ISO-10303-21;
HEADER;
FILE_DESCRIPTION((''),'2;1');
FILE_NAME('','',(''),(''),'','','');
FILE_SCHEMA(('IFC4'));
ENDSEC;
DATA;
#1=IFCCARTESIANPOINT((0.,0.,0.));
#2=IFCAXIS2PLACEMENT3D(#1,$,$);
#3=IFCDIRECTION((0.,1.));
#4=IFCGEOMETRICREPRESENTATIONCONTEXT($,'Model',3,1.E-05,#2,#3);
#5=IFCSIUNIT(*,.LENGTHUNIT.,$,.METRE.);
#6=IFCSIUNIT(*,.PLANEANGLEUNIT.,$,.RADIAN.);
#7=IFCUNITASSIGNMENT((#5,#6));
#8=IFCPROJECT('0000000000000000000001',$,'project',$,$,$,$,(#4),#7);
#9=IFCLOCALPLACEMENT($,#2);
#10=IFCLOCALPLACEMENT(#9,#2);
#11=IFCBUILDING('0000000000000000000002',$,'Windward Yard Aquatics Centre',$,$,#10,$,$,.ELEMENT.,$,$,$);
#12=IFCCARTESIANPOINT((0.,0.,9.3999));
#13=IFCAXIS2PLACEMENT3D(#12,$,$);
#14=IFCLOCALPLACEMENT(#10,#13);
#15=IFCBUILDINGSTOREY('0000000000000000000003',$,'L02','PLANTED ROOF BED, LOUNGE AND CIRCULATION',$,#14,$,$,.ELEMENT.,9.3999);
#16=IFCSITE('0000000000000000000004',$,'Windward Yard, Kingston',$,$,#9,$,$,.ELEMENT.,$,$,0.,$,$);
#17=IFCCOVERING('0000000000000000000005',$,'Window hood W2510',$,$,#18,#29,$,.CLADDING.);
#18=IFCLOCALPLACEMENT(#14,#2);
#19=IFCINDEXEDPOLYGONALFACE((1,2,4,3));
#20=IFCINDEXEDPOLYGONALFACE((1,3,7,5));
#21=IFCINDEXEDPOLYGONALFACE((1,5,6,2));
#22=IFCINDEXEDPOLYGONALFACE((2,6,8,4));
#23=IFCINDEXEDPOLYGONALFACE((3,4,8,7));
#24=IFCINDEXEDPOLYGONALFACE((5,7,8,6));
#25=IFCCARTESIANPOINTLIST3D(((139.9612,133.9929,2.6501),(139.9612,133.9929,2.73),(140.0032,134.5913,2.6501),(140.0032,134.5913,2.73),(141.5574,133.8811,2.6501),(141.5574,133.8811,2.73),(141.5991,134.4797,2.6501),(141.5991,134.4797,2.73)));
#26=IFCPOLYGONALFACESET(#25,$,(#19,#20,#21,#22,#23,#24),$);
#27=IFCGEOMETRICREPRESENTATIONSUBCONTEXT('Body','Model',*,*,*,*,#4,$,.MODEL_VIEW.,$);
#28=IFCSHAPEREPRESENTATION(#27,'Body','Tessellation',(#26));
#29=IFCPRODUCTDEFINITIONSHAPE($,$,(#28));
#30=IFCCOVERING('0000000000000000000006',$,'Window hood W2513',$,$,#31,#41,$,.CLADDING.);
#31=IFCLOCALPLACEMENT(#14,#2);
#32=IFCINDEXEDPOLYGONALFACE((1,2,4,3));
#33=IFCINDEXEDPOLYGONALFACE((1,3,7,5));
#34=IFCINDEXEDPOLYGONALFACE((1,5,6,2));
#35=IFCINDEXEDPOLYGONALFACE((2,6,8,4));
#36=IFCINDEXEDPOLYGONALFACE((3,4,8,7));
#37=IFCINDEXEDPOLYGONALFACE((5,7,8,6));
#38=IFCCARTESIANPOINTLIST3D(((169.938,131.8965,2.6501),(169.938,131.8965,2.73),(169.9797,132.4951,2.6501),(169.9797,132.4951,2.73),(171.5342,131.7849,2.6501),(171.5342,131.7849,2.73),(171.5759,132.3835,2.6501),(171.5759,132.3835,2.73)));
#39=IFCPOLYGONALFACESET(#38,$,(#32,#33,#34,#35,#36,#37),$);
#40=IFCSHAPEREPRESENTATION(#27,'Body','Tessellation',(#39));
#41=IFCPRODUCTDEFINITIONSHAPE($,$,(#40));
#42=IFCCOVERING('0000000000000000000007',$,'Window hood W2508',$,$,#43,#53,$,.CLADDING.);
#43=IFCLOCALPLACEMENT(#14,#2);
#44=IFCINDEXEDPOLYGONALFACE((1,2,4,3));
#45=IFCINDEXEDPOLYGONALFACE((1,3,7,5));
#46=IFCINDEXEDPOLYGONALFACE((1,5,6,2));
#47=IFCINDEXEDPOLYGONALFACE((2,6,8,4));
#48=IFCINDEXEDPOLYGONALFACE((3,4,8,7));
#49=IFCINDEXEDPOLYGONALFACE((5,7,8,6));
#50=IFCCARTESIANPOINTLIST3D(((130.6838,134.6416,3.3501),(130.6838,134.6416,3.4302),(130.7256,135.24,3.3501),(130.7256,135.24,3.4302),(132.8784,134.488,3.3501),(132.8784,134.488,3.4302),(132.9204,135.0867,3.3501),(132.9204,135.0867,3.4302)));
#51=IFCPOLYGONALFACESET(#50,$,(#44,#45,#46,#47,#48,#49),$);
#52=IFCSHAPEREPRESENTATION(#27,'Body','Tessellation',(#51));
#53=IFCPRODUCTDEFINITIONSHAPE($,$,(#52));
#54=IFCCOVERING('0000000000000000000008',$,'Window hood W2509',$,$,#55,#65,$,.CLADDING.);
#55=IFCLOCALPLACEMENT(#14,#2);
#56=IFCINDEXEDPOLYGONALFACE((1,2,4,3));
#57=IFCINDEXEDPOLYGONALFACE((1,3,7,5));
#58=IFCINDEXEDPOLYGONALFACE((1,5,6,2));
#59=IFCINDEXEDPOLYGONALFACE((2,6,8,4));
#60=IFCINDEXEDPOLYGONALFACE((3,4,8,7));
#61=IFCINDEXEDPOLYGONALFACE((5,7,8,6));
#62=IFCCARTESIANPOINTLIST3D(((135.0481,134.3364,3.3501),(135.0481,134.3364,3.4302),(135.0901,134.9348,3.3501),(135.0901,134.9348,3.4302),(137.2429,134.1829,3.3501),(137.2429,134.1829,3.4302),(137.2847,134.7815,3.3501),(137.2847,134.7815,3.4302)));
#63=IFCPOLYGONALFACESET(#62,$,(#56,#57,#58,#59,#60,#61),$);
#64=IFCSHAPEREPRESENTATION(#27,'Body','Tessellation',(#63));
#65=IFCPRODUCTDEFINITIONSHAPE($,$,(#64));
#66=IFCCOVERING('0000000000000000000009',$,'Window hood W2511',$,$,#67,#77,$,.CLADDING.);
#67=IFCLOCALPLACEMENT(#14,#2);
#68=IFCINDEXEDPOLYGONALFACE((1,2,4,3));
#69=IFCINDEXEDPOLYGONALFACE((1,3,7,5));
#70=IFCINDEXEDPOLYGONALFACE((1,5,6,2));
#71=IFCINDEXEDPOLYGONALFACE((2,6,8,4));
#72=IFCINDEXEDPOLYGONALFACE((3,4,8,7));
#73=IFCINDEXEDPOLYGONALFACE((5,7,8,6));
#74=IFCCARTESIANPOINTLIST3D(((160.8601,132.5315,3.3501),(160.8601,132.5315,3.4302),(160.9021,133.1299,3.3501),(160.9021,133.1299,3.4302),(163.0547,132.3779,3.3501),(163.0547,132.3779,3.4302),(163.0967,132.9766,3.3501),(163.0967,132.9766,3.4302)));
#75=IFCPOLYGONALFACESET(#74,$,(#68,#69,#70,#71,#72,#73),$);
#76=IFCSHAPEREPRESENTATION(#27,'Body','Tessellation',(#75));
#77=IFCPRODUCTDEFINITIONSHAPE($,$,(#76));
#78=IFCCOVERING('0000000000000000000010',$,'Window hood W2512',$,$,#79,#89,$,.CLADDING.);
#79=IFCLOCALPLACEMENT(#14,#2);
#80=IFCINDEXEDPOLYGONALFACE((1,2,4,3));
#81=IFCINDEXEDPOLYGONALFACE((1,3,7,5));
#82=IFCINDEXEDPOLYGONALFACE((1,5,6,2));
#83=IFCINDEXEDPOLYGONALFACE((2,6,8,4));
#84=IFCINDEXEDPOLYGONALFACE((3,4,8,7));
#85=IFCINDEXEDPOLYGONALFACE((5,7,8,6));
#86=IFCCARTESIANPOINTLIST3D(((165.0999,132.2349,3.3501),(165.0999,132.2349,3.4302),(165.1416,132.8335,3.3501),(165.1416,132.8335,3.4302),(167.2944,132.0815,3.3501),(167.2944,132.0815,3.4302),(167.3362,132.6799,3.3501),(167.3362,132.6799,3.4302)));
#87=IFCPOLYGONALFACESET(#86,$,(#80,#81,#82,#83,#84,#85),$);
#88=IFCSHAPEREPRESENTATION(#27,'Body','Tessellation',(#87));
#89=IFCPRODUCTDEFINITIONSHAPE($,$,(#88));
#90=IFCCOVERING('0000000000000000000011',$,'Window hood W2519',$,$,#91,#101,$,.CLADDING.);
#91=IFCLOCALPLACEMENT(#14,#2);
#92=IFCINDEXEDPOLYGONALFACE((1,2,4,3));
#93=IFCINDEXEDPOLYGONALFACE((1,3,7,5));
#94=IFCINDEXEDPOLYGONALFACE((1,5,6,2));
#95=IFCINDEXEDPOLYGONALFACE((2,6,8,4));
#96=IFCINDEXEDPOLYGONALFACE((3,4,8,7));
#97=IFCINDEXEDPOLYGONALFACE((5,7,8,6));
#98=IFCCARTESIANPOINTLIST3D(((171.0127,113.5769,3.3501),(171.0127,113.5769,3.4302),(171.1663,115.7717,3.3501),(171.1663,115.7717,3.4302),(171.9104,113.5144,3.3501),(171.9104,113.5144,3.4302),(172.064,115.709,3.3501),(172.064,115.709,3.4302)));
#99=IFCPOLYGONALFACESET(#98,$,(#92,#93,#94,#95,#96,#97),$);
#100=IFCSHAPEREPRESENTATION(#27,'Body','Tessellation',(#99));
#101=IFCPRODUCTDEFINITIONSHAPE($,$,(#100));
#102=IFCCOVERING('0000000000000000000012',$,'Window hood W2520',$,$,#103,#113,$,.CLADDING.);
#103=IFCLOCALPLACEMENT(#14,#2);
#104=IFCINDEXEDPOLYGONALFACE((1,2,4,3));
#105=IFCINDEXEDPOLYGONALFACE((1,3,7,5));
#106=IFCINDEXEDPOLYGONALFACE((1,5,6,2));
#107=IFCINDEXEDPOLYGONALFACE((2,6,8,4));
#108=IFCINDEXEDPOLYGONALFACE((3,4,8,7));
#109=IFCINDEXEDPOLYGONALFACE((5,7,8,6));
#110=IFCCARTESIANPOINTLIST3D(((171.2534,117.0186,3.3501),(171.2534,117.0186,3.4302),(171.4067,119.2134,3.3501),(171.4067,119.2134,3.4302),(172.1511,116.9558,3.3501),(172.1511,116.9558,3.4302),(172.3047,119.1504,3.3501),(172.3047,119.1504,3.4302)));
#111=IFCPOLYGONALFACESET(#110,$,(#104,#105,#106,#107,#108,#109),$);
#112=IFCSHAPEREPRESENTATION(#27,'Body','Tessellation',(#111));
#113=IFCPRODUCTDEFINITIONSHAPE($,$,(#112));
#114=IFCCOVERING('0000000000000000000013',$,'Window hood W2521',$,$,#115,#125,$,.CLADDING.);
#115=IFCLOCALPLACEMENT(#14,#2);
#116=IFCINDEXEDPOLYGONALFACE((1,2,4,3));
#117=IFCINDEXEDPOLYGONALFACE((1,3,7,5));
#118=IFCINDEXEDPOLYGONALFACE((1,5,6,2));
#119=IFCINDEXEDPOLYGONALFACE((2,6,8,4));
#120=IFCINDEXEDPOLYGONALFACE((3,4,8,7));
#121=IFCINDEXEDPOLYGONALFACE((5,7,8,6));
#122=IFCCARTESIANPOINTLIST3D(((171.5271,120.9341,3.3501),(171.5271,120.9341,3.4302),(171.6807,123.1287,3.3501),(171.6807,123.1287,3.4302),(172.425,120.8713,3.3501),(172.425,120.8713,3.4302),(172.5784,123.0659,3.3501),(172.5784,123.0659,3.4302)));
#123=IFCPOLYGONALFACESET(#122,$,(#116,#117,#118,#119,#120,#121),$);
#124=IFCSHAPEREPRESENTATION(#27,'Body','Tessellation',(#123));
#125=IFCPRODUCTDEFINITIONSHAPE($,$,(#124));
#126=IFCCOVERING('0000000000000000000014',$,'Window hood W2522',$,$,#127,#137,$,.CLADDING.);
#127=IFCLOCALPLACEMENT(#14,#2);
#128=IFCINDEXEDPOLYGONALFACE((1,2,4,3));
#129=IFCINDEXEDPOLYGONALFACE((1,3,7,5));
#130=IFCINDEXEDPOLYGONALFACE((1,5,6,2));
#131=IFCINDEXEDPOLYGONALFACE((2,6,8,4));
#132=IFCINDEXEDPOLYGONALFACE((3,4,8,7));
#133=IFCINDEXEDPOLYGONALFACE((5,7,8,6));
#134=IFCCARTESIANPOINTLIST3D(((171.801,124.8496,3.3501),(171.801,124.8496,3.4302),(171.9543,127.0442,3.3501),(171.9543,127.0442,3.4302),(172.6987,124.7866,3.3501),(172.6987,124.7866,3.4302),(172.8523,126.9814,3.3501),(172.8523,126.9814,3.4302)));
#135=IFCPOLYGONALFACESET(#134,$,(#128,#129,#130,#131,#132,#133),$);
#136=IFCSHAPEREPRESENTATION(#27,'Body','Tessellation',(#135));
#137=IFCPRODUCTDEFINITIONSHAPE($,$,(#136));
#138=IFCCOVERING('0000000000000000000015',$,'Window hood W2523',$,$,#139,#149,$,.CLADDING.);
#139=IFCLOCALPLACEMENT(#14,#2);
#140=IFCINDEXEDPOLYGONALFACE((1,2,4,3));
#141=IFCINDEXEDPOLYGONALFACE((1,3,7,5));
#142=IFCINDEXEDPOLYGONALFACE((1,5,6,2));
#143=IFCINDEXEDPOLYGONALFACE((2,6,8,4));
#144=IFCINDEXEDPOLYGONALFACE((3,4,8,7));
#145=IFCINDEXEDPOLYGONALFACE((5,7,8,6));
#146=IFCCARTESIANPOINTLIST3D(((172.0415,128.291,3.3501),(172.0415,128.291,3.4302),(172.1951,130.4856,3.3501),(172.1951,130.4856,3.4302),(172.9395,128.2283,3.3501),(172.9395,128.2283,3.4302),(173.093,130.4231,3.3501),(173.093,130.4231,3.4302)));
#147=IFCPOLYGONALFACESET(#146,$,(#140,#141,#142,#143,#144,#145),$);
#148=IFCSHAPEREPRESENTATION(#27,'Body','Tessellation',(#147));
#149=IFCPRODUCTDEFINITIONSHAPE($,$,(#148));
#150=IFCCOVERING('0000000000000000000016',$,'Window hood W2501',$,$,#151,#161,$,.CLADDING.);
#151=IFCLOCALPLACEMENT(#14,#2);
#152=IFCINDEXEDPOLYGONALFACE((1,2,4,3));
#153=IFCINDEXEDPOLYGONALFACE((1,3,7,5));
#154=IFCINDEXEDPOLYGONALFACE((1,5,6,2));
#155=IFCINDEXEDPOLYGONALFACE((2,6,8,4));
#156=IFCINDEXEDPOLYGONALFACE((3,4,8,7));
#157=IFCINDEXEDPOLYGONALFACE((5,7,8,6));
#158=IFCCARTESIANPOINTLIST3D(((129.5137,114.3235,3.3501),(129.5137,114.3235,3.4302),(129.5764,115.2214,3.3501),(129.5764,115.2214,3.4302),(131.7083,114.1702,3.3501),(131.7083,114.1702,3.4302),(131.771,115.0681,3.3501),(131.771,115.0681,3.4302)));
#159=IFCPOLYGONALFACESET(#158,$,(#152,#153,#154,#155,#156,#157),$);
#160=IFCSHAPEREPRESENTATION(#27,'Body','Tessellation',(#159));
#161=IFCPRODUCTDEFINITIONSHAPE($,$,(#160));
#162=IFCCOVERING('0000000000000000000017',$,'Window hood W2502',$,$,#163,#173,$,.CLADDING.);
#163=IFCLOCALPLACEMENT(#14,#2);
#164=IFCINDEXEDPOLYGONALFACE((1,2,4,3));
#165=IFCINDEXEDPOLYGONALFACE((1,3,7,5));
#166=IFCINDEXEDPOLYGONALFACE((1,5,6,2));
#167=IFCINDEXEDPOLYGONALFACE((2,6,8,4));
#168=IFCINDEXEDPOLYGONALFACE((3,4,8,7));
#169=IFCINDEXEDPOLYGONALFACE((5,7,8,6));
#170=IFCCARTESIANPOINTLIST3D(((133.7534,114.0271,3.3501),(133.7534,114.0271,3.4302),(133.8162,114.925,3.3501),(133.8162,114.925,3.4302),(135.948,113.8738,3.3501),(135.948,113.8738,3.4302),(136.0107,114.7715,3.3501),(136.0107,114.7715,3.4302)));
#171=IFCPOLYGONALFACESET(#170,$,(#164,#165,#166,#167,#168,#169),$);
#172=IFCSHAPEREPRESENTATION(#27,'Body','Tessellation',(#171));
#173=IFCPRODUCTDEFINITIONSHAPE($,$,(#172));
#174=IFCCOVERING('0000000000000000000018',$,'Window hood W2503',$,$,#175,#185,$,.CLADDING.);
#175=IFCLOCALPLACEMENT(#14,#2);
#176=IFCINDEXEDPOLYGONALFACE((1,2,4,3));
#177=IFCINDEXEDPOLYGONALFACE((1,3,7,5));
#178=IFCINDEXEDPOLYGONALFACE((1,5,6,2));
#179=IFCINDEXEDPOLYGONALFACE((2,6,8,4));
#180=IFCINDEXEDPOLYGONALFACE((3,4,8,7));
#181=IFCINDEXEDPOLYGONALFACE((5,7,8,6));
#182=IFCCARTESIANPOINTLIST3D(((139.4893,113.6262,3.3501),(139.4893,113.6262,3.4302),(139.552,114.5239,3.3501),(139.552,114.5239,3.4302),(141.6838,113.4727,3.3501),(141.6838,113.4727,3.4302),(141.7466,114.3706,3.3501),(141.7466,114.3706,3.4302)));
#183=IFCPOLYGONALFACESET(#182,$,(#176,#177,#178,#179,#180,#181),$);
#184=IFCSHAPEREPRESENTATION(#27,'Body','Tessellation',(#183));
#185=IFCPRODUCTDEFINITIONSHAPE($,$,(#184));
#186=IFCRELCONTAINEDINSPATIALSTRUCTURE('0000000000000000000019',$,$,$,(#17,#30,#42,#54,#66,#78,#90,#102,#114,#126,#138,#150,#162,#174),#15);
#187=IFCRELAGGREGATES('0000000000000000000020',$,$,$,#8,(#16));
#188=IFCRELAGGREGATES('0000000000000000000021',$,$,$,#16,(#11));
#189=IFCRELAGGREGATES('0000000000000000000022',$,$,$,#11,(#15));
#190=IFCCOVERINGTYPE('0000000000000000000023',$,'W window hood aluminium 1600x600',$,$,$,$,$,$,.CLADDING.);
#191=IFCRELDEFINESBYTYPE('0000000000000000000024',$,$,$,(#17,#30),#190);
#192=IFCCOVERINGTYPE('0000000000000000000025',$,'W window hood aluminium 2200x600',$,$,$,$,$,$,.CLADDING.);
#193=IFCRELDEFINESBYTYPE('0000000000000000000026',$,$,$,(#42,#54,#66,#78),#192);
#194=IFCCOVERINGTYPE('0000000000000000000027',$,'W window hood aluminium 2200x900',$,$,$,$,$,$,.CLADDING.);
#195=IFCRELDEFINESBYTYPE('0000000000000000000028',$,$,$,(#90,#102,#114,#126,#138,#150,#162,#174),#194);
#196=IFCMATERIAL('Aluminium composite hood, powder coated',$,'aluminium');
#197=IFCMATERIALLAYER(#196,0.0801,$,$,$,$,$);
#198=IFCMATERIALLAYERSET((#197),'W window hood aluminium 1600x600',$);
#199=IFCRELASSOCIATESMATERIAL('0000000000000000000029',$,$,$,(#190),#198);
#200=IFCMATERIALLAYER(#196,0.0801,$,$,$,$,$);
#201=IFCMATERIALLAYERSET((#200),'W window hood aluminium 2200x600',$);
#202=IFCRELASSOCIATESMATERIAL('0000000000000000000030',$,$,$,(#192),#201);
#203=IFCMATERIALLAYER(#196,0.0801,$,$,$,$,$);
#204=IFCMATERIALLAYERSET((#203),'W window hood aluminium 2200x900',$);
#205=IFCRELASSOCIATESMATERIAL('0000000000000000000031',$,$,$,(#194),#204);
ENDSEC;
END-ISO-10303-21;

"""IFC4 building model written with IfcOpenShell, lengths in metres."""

from ifc_helpers import new_model, si_unit, direction, frame, origin, place, context, subcontext, project, spatial, polyline, outline, extrude, material, layer, layer_set, type_object, element, save


model = new_model("IFC4")

# Units and contexts
model_context = context("Model", 3, precision=1e-05, world=origin(), true_north=direction((0.0, 1.0)))
body_context = subcontext(model_context, "Body", "Model", "MODEL_VIEW")
ifc_project = project(units=[si_unit("LENGTHUNIT", "METRE"), si_unit("PLANEANGLEUNIT", "RADIAN")], contexts=[model_context])

# Site, building, storey
site_placement = place(None, origin())
site = spatial("IfcSite", under=ifc_project, at=site_placement, Name="Windward Yard, Kingston", CompositionType="ELEMENT", RefElevation=0.0)
building_placement = place(site_placement, origin())
building = spatial("IfcBuilding", under=site, at=building_placement, Name="Windward Yard Aquatics Centre", CompositionType="ELEMENT")
storey_placement = place(building_placement, frame((0.0, 0.0, 9.3999)))
storey = spatial("IfcBuildingStorey", under=building, at=storey_placement, Name="L02", Description="PLANTED ROOF BED, LOUNGE AND CIRCULATION", CompositionType="ELEMENT", Elevation=9.3999)

# Coverings
ifc_material_1 = material(Name="Aluminium composite hood, powder coated", Category="aluminium")
ifc_layer_1 = layer(ifc_material_1, 0.0801)
ifc_layer_set_1 = layer_set([ifc_layer_1], Name="W window hood aluminium 1600x600")
covering_type_1 = type_object("IfcCoveringType", Name="W window hood aluminium 1600x600", PredefinedType="CLADDING", material=ifc_layer_set_1)
covering_1_placement = place(storey_placement, frame((0.0, 0.0, 2.6501)))
element("IfcCovering", 1, at=covering_1_placement, inside=storey, type_object=covering_type_1, Name="Window hood W2510", PredefinedType="CLADDING", context=body_context, shape_type="SweptSolid", body=[
    extrude(outline(polyline([(139.9612, 133.9929), (141.5574, 133.8811), (141.5991, 134.4797), (140.0032, 134.5913), (139.9612, 133.9929)])), origin(), (0.0, 0.0, 1.0), 0.0798),
])
covering_2_placement = place(storey_placement, frame((0.0, 0.0, 2.6501)))
element("IfcCovering", 2, at=covering_2_placement, inside=storey, type_object=covering_type_1, Name="Window hood W2513", PredefinedType="CLADDING", context=body_context, shape_type="SweptSolid", body=[
    extrude(outline(polyline([(169.938, 131.8965), (171.5342, 131.7849), (171.5759, 132.3835), (169.9797, 132.4951), (169.938, 131.8965)])), origin(), (0.0, 0.0, 1.0), 0.0798),
])
ifc_layer_2 = layer(ifc_material_1, 0.0801)
ifc_layer_set_2 = layer_set([ifc_layer_2], Name="W window hood aluminium 2200x600")
covering_type_2 = type_object("IfcCoveringType", Name="W window hood aluminium 2200x600", PredefinedType="CLADDING", material=ifc_layer_set_2)
covering_3_placement = place(storey_placement, frame((0.0, 0.0, 3.3501)))
element("IfcCovering", 3, at=covering_3_placement, inside=storey, type_object=covering_type_2, Name="Window hood W2508", PredefinedType="CLADDING", context=body_context, shape_type="SweptSolid", body=[
    extrude(outline(polyline([(130.6838, 134.6416), (132.8784, 134.488), (132.9204, 135.0867), (130.7256, 135.24), (130.6838, 134.6416)])), origin(), (0.0, 0.0, 1.0), 0.0801),
])
covering_4_placement = place(storey_placement, frame((0.0, 0.0, 3.3501)))
element("IfcCovering", 4, at=covering_4_placement, inside=storey, type_object=covering_type_2, Name="Window hood W2509", PredefinedType="CLADDING", context=body_context, shape_type="SweptSolid", body=[
    extrude(outline(polyline([(135.0481, 134.3364), (137.2429, 134.1829), (137.2847, 134.7815), (135.0901, 134.9348), (135.0481, 134.3364)])), origin(), (0.0, 0.0, 1.0), 0.0801),
])
covering_5_placement = place(storey_placement, frame((0.0, 0.0, 3.3501)))
element("IfcCovering", 5, at=covering_5_placement, inside=storey, type_object=covering_type_2, Name="Window hood W2511", PredefinedType="CLADDING", context=body_context, shape_type="SweptSolid", body=[
    extrude(outline(polyline([(160.8601, 132.5315), (163.0547, 132.3779), (163.0967, 132.9766), (160.9021, 133.1299), (160.8601, 132.5315)])), origin(), (0.0, 0.0, 1.0), 0.0801),
])
covering_6_placement = place(storey_placement, frame((0.0, 0.0, 3.3501)))
element("IfcCovering", 6, at=covering_6_placement, inside=storey, type_object=covering_type_2, Name="Window hood W2512", PredefinedType="CLADDING", context=body_context, shape_type="SweptSolid", body=[
    extrude(outline(polyline([(165.0999, 132.2349), (167.2944, 132.0815), (167.3362, 132.6799), (165.1416, 132.8335), (165.0999, 132.2349)])), origin(), (0.0, 0.0, 1.0), 0.0801),
])
ifc_layer_3 = layer(ifc_material_1, 0.0801)
ifc_layer_set_3 = layer_set([ifc_layer_3], Name="W window hood aluminium 2200x900")
covering_type_3 = type_object("IfcCoveringType", Name="W window hood aluminium 2200x900", PredefinedType="CLADDING", material=ifc_layer_set_3)
covering_7_placement = place(storey_placement, frame((0.0, 0.0, 3.3501)))
element("IfcCovering", 7, at=covering_7_placement, inside=storey, type_object=covering_type_3, Name="Window hood W2519", PredefinedType="CLADDING", context=body_context, shape_type="SweptSolid", body=[
    extrude(outline(polyline([(171.0127, 113.5769), (171.1663, 115.7717), (172.064, 115.709), (171.9104, 113.5144), (171.0127, 113.5769)])), origin(), (0.0, 0.0, 1.0), 0.0801),
])
covering_8_placement = place(storey_placement, frame((0.0, 0.0, 3.3501)))
element("IfcCovering", 8, at=covering_8_placement, inside=storey, type_object=covering_type_3, Name="Window hood W2520", PredefinedType="CLADDING", context=body_context, shape_type="SweptSolid", body=[
    extrude(outline(polyline([(171.2534, 117.0186), (171.4067, 119.2134), (172.3047, 119.1504), (172.1511, 116.9558), (171.2534, 117.0186)])), origin(), (0.0, 0.0, 1.0), 0.0801),
])
covering_9_placement = place(storey_placement, frame((0.0, 0.0, 3.3501)))
element("IfcCovering", 9, at=covering_9_placement, inside=storey, type_object=covering_type_3, Name="Window hood W2521", PredefinedType="CLADDING", context=body_context, shape_type="SweptSolid", body=[
    extrude(outline(polyline([(171.5271, 120.9341), (171.6807, 123.1287), (172.5784, 123.0659), (172.425, 120.8713), (171.5271, 120.9341)])), origin(), (0.0, 0.0, 1.0), 0.0801),
])
covering_10_placement = place(storey_placement, frame((0.0, 0.0, 3.3501)))
element("IfcCovering", 10, at=covering_10_placement, inside=storey, type_object=covering_type_3, Name="Window hood W2522", PredefinedType="CLADDING", context=body_context, shape_type="SweptSolid", body=[
    extrude(outline(polyline([(171.801, 124.8496), (171.9543, 127.0442), (172.8523, 126.9814), (172.6987, 124.7866), (171.801, 124.8496)])), origin(), (0.0, 0.0, 1.0), 0.0801),
])
covering_11_placement = place(storey_placement, frame((0.0, 0.0, 3.3501)))
element("IfcCovering", 11, at=covering_11_placement, inside=storey, type_object=covering_type_3, Name="Window hood W2523", PredefinedType="CLADDING", context=body_context, shape_type="SweptSolid", body=[
    extrude(outline(polyline([(172.0415, 128.291), (172.1951, 130.4856), (173.093, 130.4231), (172.9395, 128.2283), (172.0415, 128.291)])), origin(), (0.0, 0.0, 1.0), 0.0801),
])
covering_12_placement = place(storey_placement, frame((0.0, 0.0, 3.3501)))
element("IfcCovering", 12, at=covering_12_placement, inside=storey, type_object=covering_type_3, Name="Window hood W2501", PredefinedType="CLADDING", context=body_context, shape_type="SweptSolid", body=[
    extrude(outline(polyline([(129.5137, 114.3235), (129.5764, 115.2214), (131.771, 115.0681), (131.7083, 114.1702), (129.5137, 114.3235)])), origin(), (0.0, 0.0, 1.0), 0.0801),
])
covering_13_placement = place(storey_placement, frame((0.0, 0.0, 3.3501)))
element("IfcCovering", 13, at=covering_13_placement, inside=storey, type_object=covering_type_3, Name="Window hood W2502", PredefinedType="CLADDING", context=body_context, shape_type="SweptSolid", body=[
    extrude(outline(polyline([(133.7534, 114.0271), (133.8162, 114.925), (136.0107, 114.7715), (135.948, 113.8738), (133.7534, 114.0271)])), origin(), (0.0, 0.0, 1.0), 0.0801),
])
covering_14_placement = place(storey_placement, frame((0.0, 0.0, 3.3501)))
element("IfcCovering", 14, at=covering_14_placement, inside=storey, type_object=covering_type_3, Name="Window hood W2503", PredefinedType="CLADDING", context=body_context, shape_type="SweptSolid", body=[
    extrude(outline(polyline([(139.4893, 113.6262), (139.552, 114.5239), (141.7466, 114.3706), (141.6838, 113.4727), (139.4893, 113.6262)])), origin(), (0.0, 0.0, 1.0), 0.0801),
])

save(model, "model.ifc")
